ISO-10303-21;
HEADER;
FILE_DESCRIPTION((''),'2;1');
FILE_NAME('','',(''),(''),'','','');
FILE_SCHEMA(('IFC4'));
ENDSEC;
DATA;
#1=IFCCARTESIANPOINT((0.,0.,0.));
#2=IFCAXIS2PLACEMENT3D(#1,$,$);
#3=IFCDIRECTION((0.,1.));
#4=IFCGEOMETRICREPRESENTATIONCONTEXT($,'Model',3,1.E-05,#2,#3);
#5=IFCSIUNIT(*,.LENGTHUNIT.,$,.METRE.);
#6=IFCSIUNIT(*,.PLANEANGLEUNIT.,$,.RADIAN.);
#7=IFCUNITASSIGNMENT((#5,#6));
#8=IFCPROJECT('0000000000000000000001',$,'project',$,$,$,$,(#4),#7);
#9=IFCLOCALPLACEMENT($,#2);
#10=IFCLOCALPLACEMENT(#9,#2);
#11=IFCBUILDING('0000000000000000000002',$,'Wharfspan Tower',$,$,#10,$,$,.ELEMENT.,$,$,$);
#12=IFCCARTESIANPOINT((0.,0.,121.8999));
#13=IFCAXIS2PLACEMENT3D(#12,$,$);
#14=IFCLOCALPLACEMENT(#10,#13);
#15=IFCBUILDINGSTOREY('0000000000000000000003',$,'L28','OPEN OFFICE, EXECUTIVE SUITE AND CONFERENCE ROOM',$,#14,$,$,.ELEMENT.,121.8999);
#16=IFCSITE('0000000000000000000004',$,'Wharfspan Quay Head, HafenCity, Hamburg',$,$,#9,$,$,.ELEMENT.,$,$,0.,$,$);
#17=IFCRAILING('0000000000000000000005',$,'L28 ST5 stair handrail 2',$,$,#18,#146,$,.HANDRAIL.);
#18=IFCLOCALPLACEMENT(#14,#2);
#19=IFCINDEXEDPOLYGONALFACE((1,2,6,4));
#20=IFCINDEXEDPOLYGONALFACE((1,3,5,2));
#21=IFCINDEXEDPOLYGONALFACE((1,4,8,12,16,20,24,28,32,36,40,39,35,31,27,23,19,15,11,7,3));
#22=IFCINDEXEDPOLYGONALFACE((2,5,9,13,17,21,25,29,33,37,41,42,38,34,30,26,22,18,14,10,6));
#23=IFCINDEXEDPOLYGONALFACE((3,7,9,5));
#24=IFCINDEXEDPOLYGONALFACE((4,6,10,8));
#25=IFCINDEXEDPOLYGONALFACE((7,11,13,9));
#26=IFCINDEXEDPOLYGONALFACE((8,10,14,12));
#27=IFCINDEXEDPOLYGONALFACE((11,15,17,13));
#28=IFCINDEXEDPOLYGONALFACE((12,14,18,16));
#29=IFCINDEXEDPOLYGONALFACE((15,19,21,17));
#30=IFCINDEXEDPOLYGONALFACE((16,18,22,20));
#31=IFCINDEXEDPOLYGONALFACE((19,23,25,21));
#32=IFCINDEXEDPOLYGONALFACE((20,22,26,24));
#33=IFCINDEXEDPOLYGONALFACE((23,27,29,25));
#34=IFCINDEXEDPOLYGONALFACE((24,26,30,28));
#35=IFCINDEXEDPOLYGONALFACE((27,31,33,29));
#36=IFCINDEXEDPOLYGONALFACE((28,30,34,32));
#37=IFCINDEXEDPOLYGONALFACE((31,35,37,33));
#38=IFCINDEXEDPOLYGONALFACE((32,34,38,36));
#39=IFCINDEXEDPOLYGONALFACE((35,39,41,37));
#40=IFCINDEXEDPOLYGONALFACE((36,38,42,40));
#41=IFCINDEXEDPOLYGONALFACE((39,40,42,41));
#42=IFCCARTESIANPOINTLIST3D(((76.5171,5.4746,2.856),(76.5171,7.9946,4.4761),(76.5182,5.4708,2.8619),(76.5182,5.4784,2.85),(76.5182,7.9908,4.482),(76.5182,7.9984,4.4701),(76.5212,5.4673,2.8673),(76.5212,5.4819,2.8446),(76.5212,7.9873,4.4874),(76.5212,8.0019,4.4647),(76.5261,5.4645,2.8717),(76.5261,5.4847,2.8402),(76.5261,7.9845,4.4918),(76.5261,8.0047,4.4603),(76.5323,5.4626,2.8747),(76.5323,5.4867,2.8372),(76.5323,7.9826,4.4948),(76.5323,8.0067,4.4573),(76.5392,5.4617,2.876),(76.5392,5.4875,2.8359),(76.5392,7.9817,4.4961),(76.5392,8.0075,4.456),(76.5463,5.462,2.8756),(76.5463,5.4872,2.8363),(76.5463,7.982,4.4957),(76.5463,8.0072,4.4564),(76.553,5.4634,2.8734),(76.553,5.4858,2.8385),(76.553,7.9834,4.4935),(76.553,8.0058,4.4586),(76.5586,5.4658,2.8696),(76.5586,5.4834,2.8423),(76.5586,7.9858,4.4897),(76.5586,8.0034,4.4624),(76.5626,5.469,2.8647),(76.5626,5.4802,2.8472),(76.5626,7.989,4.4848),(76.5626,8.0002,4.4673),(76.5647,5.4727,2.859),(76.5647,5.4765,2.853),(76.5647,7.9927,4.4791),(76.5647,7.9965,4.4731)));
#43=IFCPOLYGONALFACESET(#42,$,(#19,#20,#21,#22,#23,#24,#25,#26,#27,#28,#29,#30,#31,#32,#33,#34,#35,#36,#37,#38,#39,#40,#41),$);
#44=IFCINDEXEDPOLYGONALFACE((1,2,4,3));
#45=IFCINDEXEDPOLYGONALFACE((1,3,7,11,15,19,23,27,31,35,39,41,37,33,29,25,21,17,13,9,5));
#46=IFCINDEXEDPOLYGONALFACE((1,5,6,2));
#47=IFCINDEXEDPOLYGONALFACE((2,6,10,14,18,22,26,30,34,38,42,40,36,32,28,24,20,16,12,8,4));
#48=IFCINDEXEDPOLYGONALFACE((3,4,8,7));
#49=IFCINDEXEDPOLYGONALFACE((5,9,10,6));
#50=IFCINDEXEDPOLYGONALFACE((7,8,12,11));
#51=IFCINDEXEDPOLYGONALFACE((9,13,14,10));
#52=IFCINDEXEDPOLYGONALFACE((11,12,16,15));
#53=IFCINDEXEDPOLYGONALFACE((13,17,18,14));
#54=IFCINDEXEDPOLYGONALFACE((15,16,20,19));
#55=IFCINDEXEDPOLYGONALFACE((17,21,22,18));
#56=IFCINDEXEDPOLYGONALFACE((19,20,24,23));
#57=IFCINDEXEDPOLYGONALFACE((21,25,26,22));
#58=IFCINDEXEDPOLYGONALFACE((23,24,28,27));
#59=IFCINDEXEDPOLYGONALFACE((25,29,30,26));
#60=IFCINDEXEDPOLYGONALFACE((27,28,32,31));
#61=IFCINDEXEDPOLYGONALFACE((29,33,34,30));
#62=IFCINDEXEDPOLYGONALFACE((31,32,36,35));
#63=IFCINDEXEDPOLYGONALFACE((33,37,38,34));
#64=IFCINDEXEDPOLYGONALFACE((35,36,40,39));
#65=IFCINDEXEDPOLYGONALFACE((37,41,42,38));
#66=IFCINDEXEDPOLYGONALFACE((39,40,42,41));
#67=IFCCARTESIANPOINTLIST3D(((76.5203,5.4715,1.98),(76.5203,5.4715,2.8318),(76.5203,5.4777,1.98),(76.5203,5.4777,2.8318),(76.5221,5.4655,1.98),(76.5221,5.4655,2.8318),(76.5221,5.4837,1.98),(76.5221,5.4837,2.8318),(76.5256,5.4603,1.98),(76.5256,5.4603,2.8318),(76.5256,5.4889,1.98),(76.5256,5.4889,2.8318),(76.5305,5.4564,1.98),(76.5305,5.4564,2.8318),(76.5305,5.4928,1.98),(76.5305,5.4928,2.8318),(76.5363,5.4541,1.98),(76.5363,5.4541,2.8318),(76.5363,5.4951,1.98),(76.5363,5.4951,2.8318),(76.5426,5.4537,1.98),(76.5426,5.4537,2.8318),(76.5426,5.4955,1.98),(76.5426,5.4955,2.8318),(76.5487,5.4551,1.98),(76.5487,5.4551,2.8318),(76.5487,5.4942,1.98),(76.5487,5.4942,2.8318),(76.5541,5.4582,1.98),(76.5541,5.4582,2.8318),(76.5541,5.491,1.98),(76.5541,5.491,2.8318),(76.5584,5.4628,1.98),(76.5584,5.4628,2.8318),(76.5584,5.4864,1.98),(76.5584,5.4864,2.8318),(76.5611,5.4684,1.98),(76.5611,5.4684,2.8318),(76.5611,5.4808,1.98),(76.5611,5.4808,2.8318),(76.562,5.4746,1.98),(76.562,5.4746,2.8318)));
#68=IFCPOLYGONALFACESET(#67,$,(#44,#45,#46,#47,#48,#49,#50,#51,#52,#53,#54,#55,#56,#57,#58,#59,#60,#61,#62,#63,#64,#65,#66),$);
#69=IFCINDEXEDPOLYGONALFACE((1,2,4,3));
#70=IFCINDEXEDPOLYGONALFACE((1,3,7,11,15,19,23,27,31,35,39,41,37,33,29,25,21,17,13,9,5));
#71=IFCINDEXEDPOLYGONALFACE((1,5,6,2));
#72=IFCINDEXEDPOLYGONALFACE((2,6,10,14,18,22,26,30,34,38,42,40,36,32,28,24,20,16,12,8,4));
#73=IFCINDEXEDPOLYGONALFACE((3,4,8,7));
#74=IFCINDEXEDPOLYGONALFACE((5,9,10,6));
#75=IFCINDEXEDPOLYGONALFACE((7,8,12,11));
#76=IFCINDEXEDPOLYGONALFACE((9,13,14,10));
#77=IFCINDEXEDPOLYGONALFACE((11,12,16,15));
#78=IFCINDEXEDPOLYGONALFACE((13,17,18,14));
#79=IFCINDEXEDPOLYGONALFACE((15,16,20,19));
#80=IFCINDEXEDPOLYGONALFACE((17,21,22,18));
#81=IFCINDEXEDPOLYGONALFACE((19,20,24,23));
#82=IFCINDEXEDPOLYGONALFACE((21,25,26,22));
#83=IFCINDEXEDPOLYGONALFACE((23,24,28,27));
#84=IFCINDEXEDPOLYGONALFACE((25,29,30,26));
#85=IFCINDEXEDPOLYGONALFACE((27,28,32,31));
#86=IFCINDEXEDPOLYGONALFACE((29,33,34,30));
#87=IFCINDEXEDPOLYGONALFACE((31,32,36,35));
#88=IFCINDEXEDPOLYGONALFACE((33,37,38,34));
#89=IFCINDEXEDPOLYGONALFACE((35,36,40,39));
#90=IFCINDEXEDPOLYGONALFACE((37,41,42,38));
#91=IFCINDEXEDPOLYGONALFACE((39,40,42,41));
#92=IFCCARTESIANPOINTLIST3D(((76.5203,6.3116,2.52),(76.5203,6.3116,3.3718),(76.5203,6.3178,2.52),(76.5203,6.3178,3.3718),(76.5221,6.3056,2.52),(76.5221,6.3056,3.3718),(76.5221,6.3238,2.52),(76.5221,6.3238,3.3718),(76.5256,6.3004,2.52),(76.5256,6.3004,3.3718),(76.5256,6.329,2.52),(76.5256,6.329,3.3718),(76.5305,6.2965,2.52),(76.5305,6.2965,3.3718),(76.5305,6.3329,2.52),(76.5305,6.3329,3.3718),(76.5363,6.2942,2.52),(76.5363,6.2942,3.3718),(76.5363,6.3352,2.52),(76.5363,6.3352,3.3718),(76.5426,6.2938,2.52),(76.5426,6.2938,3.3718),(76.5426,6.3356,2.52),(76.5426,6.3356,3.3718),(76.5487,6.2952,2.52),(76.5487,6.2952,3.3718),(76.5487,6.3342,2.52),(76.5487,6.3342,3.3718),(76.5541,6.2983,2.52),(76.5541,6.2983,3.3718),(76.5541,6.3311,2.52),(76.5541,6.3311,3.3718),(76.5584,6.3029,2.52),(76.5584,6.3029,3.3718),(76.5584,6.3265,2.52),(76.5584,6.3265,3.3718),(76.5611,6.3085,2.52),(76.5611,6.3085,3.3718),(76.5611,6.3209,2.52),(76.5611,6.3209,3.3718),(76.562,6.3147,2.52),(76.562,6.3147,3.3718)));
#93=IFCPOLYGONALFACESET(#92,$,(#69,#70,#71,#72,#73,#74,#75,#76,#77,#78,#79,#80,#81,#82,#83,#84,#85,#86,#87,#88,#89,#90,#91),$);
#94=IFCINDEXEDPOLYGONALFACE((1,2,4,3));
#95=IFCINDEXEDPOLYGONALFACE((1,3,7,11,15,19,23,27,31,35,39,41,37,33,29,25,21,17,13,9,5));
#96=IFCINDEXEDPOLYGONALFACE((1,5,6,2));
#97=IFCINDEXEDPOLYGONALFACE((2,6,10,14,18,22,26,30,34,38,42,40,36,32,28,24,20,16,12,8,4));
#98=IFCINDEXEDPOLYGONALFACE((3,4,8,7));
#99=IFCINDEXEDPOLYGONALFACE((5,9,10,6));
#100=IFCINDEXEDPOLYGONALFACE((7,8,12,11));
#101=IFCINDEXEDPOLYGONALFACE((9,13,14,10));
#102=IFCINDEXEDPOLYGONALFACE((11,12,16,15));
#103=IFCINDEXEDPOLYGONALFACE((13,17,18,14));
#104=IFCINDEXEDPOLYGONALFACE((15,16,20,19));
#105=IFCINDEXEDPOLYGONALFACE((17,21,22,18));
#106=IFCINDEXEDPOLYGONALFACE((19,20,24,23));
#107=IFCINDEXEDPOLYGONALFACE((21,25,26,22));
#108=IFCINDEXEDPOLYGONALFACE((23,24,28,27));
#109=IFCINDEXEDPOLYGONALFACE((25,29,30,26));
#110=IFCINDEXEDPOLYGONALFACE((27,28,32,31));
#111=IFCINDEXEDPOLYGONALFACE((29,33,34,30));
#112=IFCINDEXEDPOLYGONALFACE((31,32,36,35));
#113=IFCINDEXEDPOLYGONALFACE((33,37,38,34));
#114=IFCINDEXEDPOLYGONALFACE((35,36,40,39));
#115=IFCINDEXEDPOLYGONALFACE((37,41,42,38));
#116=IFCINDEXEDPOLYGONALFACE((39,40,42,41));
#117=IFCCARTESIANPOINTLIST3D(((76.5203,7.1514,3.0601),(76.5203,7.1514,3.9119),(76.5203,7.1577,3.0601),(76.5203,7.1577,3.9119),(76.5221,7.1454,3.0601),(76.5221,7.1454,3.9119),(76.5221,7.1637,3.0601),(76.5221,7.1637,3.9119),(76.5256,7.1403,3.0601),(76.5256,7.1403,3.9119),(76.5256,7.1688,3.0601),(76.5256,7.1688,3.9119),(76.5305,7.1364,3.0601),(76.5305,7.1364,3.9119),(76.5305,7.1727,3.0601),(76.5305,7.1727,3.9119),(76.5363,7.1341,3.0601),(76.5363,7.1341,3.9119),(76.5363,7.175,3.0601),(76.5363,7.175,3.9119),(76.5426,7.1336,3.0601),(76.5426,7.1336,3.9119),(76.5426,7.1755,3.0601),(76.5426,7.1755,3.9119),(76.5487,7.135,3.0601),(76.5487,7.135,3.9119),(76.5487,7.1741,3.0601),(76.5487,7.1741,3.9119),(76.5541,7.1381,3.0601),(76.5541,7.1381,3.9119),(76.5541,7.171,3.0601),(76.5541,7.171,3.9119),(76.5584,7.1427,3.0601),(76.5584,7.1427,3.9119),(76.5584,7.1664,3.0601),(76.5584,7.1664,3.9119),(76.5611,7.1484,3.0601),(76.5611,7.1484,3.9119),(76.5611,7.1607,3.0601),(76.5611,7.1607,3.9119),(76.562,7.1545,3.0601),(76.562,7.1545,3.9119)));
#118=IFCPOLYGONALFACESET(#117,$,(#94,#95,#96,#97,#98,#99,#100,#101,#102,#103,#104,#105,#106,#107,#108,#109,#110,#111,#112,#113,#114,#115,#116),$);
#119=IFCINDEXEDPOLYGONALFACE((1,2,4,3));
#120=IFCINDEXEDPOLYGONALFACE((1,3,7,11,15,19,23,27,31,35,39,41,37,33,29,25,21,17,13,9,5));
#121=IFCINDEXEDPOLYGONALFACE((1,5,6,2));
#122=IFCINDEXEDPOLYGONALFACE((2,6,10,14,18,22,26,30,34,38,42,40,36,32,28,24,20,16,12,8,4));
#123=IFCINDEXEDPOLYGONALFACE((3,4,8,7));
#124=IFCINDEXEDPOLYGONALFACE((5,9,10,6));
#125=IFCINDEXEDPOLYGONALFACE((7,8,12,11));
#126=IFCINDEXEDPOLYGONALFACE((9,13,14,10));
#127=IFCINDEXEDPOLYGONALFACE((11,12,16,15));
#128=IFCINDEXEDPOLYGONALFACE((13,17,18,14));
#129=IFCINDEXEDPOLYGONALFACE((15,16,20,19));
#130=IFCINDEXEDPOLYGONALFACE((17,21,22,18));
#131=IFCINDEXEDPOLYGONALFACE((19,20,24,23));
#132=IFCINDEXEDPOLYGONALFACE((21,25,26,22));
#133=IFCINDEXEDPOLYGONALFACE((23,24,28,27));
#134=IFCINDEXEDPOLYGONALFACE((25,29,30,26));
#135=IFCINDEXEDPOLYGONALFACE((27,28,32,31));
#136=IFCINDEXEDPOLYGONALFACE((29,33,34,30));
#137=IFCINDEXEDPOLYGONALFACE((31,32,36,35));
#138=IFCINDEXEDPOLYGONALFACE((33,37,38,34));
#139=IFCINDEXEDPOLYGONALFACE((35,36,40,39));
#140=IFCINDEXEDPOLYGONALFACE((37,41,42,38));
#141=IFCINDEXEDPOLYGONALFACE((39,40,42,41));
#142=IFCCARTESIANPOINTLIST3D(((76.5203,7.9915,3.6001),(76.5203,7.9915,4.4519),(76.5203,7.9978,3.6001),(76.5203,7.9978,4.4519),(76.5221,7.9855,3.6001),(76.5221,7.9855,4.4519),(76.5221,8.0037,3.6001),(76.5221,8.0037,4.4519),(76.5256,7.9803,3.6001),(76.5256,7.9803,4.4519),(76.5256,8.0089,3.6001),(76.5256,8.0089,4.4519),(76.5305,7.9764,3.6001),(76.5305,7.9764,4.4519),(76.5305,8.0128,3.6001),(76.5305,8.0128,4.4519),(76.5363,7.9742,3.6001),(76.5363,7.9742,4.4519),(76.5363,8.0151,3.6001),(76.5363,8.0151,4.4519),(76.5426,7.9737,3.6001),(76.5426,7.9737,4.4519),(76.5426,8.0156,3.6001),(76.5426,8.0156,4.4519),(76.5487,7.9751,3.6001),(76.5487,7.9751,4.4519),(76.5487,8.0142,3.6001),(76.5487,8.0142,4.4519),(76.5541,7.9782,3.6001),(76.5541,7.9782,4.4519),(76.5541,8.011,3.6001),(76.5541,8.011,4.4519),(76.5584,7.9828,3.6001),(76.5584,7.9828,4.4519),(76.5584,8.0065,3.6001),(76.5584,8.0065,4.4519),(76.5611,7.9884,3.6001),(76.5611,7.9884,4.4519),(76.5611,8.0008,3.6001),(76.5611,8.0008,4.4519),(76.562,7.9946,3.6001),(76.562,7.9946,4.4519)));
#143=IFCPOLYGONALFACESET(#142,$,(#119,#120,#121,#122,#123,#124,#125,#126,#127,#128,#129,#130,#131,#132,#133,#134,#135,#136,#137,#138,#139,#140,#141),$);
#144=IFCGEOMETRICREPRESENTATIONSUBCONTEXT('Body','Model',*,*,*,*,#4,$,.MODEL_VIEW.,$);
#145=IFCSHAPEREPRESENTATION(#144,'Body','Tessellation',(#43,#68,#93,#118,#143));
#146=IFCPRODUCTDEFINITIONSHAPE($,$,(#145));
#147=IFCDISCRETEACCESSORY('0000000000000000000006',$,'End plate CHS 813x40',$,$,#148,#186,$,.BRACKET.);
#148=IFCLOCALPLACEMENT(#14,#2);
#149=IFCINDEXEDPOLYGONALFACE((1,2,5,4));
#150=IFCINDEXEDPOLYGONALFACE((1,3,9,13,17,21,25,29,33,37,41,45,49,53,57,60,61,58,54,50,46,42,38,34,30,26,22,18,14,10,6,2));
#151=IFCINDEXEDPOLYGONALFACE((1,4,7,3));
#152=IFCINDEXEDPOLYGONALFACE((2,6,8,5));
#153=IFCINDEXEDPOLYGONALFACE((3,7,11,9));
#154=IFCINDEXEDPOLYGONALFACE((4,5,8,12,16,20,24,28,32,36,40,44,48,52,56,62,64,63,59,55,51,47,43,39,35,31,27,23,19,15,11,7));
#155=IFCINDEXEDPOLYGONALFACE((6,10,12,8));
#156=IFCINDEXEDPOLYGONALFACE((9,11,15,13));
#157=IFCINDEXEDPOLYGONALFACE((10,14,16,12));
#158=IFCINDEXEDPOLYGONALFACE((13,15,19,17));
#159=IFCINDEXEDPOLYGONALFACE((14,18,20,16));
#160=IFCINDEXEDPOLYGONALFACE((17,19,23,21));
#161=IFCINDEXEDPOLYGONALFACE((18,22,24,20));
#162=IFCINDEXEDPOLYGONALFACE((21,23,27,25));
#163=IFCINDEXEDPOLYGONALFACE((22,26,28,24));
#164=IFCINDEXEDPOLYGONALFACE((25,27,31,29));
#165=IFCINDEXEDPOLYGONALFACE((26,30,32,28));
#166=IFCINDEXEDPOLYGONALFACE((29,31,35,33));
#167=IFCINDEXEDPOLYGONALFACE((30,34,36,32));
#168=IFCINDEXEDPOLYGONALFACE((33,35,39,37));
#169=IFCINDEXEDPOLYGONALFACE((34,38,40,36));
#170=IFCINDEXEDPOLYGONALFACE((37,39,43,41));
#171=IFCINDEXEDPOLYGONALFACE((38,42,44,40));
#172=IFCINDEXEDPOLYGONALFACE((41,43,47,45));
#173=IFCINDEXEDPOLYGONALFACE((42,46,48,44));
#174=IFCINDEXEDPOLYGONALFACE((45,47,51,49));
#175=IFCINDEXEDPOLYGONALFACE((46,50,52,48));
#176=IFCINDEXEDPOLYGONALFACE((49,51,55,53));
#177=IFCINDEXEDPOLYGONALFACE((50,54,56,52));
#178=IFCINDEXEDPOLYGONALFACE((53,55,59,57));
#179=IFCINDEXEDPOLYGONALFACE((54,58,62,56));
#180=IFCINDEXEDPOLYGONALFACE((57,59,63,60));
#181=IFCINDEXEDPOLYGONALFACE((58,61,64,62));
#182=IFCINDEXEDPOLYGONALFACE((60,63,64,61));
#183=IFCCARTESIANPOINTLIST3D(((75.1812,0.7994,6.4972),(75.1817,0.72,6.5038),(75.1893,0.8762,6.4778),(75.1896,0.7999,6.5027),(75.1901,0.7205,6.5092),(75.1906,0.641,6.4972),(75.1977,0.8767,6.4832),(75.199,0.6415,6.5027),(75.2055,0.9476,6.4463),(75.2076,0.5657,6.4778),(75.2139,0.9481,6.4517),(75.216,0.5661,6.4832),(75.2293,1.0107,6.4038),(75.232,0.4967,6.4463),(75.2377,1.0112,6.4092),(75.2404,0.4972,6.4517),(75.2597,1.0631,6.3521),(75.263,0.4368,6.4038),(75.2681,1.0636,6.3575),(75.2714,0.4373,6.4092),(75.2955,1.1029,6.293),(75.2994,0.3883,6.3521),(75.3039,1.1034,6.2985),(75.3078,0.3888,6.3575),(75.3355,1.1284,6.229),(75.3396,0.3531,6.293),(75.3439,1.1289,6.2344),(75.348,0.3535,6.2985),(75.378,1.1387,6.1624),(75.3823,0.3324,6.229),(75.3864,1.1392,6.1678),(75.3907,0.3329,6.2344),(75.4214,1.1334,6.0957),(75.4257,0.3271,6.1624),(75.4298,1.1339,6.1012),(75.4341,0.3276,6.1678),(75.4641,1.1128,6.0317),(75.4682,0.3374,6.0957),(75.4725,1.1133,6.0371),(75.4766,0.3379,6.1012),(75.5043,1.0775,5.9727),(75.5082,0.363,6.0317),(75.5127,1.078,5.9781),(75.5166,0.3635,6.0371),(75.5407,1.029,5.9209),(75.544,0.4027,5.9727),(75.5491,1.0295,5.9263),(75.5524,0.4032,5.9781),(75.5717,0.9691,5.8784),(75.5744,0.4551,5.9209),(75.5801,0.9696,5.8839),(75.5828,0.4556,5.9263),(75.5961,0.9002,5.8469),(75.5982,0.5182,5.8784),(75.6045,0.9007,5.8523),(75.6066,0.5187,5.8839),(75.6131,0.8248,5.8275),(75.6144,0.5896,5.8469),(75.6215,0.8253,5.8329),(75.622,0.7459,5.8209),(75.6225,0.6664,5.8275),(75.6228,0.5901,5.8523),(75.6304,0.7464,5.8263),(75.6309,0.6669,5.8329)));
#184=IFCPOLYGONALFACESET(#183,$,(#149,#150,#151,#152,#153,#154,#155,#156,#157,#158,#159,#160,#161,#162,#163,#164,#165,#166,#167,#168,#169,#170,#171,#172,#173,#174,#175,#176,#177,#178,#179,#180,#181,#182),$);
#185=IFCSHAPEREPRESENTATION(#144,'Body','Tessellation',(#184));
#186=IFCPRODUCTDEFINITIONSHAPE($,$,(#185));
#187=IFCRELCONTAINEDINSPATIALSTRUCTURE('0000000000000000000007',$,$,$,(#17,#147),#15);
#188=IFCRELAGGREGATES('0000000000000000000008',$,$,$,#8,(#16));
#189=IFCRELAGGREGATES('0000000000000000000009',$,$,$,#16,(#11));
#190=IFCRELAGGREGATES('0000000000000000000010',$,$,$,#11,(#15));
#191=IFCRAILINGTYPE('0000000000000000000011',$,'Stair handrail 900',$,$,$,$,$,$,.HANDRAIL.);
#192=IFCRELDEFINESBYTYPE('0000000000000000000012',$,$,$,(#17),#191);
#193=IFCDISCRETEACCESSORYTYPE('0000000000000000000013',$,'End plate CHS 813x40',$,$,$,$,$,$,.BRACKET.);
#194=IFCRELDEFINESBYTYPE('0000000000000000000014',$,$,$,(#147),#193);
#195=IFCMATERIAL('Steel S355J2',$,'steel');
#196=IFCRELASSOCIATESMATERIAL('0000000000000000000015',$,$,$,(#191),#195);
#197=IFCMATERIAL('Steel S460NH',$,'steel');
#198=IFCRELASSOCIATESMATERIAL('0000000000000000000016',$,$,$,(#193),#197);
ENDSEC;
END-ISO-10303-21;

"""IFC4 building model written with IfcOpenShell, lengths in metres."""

from ifc_helpers import new_model, si_unit, direction, frame, origin, origin_2d, place, context, subcontext, project, spatial, circle, extrude, material, material_profile, profile_set, type_object, element, save


model = new_model("IFC4")

# Units and contexts
model_context = context("Model", 3, precision=1e-05, world=origin(), true_north=direction((0.0, 1.0)))
body_context = subcontext(model_context, "Body", "Model", "MODEL_VIEW")
ifc_project = project(units=[si_unit("LENGTHUNIT", "METRE"), si_unit("PLANEANGLEUNIT", "RADIAN")], contexts=[model_context])

# Site, building, storey
site_placement = place(None, origin())
site = spatial("IfcSite", under=ifc_project, at=site_placement, Name="Wharfspan Quay Head, HafenCity, Hamburg", CompositionType="ELEMENT", RefElevation=0.0)
building_placement = place(site_placement, origin())
building = spatial("IfcBuilding", under=site, at=building_placement, Name="Wharfspan Tower", CompositionType="ELEMENT")
storey_placement = place(building_placement, frame((0.0, 0.0, 121.8999)))
storey = spatial("IfcBuildingStorey", under=building, at=storey_placement, Name="L28", Description="OPEN OFFICE, EXECUTIVE SUITE AND CONFERENCE ROOM", CompositionType="ELEMENT", Elevation=121.8999)

# Shared definitions
ifc_material_1 = material(Name="Steel S355J2", Category="steel")

# Railing
railing_type_1 = type_object("IfcRailingType", Name="Stair handrail 900", PredefinedType="HANDRAIL", material=ifc_material_1)
railing_1_placement = place(storey_placement, frame((76.541, 5.4746, 1.98)))
element("IfcRailing", 1, at=railing_1_placement, inside=storey, type_object=railing_type_1, Name="L28 ST5 stair handrail 2", PredefinedType="HANDRAIL", context=body_context, shape_type="SweptSolid", body=[
    extrude(circle(Radius=0.0239, at=origin_2d()), frame((0.0, 0.0, 0.876), z_axis=(0.0, 0.841163, 0.540782), x_axis=(-1.0, 0.0, 0.0)), (0.0, 0.0, 1.0), 2.9958),
    extrude(circle(Radius=0.021, at=origin_2d()), origin(), (0.0, 0.0, 1.0), 0.8518),
    extrude(circle(Radius=0.021, at=origin_2d()), frame((0.0, 0.8401, 0.54)), (0.0, 0.0, 1.0), 0.8518),
    extrude(circle(Radius=0.021, at=origin_2d()), frame((0.0, 1.6799, 1.0801)), (0.0, 0.0, 1.0), 0.8518),
    extrude(circle(Radius=0.021, at=origin_2d()), frame((0.0, 2.52, 1.6201)), (0.0, 0.0, 1.0), 0.8518),
])

# Discrete accessory
ifc_material_2 = material(Name="Steel S460NH", Category="steel")
ifc_material_profile_1 = material_profile(ifc_material_2, circle(Radius=0.4065, at=origin_2d()))
ifc_profile_set_1 = profile_set([ifc_material_profile_1], Name="Steel S460NH")
discrete_accessory_type = type_object("IfcDiscreteAccessoryType", Name="End plate CHS 813x40", PredefinedType="BRACKET", material=ifc_profile_set_1)
for number, where, z_axis, x_axis, name in (
    (2, (75.4019, 0.7329, 6.1624), (0.838548, 0.049326, 0.54259), (-0.058722, 0.99827, 0.000001), "End plate CHS 813x40"),
):
    element("IfcDiscreteAccessory", number, at=place(storey_placement, frame(where, z_axis=z_axis, x_axis=x_axis)), inside=storey, type_object=discrete_accessory_type, Name=name, PredefinedType="BRACKET", context=body_context, shape_type="SweptSolid", body=[
        extrude(circle(Radius=0.4065, at=origin_2d()), origin(), (0.0, 0.0, 1.0), 0.01),
    ])

save(model, "model.ifc")
